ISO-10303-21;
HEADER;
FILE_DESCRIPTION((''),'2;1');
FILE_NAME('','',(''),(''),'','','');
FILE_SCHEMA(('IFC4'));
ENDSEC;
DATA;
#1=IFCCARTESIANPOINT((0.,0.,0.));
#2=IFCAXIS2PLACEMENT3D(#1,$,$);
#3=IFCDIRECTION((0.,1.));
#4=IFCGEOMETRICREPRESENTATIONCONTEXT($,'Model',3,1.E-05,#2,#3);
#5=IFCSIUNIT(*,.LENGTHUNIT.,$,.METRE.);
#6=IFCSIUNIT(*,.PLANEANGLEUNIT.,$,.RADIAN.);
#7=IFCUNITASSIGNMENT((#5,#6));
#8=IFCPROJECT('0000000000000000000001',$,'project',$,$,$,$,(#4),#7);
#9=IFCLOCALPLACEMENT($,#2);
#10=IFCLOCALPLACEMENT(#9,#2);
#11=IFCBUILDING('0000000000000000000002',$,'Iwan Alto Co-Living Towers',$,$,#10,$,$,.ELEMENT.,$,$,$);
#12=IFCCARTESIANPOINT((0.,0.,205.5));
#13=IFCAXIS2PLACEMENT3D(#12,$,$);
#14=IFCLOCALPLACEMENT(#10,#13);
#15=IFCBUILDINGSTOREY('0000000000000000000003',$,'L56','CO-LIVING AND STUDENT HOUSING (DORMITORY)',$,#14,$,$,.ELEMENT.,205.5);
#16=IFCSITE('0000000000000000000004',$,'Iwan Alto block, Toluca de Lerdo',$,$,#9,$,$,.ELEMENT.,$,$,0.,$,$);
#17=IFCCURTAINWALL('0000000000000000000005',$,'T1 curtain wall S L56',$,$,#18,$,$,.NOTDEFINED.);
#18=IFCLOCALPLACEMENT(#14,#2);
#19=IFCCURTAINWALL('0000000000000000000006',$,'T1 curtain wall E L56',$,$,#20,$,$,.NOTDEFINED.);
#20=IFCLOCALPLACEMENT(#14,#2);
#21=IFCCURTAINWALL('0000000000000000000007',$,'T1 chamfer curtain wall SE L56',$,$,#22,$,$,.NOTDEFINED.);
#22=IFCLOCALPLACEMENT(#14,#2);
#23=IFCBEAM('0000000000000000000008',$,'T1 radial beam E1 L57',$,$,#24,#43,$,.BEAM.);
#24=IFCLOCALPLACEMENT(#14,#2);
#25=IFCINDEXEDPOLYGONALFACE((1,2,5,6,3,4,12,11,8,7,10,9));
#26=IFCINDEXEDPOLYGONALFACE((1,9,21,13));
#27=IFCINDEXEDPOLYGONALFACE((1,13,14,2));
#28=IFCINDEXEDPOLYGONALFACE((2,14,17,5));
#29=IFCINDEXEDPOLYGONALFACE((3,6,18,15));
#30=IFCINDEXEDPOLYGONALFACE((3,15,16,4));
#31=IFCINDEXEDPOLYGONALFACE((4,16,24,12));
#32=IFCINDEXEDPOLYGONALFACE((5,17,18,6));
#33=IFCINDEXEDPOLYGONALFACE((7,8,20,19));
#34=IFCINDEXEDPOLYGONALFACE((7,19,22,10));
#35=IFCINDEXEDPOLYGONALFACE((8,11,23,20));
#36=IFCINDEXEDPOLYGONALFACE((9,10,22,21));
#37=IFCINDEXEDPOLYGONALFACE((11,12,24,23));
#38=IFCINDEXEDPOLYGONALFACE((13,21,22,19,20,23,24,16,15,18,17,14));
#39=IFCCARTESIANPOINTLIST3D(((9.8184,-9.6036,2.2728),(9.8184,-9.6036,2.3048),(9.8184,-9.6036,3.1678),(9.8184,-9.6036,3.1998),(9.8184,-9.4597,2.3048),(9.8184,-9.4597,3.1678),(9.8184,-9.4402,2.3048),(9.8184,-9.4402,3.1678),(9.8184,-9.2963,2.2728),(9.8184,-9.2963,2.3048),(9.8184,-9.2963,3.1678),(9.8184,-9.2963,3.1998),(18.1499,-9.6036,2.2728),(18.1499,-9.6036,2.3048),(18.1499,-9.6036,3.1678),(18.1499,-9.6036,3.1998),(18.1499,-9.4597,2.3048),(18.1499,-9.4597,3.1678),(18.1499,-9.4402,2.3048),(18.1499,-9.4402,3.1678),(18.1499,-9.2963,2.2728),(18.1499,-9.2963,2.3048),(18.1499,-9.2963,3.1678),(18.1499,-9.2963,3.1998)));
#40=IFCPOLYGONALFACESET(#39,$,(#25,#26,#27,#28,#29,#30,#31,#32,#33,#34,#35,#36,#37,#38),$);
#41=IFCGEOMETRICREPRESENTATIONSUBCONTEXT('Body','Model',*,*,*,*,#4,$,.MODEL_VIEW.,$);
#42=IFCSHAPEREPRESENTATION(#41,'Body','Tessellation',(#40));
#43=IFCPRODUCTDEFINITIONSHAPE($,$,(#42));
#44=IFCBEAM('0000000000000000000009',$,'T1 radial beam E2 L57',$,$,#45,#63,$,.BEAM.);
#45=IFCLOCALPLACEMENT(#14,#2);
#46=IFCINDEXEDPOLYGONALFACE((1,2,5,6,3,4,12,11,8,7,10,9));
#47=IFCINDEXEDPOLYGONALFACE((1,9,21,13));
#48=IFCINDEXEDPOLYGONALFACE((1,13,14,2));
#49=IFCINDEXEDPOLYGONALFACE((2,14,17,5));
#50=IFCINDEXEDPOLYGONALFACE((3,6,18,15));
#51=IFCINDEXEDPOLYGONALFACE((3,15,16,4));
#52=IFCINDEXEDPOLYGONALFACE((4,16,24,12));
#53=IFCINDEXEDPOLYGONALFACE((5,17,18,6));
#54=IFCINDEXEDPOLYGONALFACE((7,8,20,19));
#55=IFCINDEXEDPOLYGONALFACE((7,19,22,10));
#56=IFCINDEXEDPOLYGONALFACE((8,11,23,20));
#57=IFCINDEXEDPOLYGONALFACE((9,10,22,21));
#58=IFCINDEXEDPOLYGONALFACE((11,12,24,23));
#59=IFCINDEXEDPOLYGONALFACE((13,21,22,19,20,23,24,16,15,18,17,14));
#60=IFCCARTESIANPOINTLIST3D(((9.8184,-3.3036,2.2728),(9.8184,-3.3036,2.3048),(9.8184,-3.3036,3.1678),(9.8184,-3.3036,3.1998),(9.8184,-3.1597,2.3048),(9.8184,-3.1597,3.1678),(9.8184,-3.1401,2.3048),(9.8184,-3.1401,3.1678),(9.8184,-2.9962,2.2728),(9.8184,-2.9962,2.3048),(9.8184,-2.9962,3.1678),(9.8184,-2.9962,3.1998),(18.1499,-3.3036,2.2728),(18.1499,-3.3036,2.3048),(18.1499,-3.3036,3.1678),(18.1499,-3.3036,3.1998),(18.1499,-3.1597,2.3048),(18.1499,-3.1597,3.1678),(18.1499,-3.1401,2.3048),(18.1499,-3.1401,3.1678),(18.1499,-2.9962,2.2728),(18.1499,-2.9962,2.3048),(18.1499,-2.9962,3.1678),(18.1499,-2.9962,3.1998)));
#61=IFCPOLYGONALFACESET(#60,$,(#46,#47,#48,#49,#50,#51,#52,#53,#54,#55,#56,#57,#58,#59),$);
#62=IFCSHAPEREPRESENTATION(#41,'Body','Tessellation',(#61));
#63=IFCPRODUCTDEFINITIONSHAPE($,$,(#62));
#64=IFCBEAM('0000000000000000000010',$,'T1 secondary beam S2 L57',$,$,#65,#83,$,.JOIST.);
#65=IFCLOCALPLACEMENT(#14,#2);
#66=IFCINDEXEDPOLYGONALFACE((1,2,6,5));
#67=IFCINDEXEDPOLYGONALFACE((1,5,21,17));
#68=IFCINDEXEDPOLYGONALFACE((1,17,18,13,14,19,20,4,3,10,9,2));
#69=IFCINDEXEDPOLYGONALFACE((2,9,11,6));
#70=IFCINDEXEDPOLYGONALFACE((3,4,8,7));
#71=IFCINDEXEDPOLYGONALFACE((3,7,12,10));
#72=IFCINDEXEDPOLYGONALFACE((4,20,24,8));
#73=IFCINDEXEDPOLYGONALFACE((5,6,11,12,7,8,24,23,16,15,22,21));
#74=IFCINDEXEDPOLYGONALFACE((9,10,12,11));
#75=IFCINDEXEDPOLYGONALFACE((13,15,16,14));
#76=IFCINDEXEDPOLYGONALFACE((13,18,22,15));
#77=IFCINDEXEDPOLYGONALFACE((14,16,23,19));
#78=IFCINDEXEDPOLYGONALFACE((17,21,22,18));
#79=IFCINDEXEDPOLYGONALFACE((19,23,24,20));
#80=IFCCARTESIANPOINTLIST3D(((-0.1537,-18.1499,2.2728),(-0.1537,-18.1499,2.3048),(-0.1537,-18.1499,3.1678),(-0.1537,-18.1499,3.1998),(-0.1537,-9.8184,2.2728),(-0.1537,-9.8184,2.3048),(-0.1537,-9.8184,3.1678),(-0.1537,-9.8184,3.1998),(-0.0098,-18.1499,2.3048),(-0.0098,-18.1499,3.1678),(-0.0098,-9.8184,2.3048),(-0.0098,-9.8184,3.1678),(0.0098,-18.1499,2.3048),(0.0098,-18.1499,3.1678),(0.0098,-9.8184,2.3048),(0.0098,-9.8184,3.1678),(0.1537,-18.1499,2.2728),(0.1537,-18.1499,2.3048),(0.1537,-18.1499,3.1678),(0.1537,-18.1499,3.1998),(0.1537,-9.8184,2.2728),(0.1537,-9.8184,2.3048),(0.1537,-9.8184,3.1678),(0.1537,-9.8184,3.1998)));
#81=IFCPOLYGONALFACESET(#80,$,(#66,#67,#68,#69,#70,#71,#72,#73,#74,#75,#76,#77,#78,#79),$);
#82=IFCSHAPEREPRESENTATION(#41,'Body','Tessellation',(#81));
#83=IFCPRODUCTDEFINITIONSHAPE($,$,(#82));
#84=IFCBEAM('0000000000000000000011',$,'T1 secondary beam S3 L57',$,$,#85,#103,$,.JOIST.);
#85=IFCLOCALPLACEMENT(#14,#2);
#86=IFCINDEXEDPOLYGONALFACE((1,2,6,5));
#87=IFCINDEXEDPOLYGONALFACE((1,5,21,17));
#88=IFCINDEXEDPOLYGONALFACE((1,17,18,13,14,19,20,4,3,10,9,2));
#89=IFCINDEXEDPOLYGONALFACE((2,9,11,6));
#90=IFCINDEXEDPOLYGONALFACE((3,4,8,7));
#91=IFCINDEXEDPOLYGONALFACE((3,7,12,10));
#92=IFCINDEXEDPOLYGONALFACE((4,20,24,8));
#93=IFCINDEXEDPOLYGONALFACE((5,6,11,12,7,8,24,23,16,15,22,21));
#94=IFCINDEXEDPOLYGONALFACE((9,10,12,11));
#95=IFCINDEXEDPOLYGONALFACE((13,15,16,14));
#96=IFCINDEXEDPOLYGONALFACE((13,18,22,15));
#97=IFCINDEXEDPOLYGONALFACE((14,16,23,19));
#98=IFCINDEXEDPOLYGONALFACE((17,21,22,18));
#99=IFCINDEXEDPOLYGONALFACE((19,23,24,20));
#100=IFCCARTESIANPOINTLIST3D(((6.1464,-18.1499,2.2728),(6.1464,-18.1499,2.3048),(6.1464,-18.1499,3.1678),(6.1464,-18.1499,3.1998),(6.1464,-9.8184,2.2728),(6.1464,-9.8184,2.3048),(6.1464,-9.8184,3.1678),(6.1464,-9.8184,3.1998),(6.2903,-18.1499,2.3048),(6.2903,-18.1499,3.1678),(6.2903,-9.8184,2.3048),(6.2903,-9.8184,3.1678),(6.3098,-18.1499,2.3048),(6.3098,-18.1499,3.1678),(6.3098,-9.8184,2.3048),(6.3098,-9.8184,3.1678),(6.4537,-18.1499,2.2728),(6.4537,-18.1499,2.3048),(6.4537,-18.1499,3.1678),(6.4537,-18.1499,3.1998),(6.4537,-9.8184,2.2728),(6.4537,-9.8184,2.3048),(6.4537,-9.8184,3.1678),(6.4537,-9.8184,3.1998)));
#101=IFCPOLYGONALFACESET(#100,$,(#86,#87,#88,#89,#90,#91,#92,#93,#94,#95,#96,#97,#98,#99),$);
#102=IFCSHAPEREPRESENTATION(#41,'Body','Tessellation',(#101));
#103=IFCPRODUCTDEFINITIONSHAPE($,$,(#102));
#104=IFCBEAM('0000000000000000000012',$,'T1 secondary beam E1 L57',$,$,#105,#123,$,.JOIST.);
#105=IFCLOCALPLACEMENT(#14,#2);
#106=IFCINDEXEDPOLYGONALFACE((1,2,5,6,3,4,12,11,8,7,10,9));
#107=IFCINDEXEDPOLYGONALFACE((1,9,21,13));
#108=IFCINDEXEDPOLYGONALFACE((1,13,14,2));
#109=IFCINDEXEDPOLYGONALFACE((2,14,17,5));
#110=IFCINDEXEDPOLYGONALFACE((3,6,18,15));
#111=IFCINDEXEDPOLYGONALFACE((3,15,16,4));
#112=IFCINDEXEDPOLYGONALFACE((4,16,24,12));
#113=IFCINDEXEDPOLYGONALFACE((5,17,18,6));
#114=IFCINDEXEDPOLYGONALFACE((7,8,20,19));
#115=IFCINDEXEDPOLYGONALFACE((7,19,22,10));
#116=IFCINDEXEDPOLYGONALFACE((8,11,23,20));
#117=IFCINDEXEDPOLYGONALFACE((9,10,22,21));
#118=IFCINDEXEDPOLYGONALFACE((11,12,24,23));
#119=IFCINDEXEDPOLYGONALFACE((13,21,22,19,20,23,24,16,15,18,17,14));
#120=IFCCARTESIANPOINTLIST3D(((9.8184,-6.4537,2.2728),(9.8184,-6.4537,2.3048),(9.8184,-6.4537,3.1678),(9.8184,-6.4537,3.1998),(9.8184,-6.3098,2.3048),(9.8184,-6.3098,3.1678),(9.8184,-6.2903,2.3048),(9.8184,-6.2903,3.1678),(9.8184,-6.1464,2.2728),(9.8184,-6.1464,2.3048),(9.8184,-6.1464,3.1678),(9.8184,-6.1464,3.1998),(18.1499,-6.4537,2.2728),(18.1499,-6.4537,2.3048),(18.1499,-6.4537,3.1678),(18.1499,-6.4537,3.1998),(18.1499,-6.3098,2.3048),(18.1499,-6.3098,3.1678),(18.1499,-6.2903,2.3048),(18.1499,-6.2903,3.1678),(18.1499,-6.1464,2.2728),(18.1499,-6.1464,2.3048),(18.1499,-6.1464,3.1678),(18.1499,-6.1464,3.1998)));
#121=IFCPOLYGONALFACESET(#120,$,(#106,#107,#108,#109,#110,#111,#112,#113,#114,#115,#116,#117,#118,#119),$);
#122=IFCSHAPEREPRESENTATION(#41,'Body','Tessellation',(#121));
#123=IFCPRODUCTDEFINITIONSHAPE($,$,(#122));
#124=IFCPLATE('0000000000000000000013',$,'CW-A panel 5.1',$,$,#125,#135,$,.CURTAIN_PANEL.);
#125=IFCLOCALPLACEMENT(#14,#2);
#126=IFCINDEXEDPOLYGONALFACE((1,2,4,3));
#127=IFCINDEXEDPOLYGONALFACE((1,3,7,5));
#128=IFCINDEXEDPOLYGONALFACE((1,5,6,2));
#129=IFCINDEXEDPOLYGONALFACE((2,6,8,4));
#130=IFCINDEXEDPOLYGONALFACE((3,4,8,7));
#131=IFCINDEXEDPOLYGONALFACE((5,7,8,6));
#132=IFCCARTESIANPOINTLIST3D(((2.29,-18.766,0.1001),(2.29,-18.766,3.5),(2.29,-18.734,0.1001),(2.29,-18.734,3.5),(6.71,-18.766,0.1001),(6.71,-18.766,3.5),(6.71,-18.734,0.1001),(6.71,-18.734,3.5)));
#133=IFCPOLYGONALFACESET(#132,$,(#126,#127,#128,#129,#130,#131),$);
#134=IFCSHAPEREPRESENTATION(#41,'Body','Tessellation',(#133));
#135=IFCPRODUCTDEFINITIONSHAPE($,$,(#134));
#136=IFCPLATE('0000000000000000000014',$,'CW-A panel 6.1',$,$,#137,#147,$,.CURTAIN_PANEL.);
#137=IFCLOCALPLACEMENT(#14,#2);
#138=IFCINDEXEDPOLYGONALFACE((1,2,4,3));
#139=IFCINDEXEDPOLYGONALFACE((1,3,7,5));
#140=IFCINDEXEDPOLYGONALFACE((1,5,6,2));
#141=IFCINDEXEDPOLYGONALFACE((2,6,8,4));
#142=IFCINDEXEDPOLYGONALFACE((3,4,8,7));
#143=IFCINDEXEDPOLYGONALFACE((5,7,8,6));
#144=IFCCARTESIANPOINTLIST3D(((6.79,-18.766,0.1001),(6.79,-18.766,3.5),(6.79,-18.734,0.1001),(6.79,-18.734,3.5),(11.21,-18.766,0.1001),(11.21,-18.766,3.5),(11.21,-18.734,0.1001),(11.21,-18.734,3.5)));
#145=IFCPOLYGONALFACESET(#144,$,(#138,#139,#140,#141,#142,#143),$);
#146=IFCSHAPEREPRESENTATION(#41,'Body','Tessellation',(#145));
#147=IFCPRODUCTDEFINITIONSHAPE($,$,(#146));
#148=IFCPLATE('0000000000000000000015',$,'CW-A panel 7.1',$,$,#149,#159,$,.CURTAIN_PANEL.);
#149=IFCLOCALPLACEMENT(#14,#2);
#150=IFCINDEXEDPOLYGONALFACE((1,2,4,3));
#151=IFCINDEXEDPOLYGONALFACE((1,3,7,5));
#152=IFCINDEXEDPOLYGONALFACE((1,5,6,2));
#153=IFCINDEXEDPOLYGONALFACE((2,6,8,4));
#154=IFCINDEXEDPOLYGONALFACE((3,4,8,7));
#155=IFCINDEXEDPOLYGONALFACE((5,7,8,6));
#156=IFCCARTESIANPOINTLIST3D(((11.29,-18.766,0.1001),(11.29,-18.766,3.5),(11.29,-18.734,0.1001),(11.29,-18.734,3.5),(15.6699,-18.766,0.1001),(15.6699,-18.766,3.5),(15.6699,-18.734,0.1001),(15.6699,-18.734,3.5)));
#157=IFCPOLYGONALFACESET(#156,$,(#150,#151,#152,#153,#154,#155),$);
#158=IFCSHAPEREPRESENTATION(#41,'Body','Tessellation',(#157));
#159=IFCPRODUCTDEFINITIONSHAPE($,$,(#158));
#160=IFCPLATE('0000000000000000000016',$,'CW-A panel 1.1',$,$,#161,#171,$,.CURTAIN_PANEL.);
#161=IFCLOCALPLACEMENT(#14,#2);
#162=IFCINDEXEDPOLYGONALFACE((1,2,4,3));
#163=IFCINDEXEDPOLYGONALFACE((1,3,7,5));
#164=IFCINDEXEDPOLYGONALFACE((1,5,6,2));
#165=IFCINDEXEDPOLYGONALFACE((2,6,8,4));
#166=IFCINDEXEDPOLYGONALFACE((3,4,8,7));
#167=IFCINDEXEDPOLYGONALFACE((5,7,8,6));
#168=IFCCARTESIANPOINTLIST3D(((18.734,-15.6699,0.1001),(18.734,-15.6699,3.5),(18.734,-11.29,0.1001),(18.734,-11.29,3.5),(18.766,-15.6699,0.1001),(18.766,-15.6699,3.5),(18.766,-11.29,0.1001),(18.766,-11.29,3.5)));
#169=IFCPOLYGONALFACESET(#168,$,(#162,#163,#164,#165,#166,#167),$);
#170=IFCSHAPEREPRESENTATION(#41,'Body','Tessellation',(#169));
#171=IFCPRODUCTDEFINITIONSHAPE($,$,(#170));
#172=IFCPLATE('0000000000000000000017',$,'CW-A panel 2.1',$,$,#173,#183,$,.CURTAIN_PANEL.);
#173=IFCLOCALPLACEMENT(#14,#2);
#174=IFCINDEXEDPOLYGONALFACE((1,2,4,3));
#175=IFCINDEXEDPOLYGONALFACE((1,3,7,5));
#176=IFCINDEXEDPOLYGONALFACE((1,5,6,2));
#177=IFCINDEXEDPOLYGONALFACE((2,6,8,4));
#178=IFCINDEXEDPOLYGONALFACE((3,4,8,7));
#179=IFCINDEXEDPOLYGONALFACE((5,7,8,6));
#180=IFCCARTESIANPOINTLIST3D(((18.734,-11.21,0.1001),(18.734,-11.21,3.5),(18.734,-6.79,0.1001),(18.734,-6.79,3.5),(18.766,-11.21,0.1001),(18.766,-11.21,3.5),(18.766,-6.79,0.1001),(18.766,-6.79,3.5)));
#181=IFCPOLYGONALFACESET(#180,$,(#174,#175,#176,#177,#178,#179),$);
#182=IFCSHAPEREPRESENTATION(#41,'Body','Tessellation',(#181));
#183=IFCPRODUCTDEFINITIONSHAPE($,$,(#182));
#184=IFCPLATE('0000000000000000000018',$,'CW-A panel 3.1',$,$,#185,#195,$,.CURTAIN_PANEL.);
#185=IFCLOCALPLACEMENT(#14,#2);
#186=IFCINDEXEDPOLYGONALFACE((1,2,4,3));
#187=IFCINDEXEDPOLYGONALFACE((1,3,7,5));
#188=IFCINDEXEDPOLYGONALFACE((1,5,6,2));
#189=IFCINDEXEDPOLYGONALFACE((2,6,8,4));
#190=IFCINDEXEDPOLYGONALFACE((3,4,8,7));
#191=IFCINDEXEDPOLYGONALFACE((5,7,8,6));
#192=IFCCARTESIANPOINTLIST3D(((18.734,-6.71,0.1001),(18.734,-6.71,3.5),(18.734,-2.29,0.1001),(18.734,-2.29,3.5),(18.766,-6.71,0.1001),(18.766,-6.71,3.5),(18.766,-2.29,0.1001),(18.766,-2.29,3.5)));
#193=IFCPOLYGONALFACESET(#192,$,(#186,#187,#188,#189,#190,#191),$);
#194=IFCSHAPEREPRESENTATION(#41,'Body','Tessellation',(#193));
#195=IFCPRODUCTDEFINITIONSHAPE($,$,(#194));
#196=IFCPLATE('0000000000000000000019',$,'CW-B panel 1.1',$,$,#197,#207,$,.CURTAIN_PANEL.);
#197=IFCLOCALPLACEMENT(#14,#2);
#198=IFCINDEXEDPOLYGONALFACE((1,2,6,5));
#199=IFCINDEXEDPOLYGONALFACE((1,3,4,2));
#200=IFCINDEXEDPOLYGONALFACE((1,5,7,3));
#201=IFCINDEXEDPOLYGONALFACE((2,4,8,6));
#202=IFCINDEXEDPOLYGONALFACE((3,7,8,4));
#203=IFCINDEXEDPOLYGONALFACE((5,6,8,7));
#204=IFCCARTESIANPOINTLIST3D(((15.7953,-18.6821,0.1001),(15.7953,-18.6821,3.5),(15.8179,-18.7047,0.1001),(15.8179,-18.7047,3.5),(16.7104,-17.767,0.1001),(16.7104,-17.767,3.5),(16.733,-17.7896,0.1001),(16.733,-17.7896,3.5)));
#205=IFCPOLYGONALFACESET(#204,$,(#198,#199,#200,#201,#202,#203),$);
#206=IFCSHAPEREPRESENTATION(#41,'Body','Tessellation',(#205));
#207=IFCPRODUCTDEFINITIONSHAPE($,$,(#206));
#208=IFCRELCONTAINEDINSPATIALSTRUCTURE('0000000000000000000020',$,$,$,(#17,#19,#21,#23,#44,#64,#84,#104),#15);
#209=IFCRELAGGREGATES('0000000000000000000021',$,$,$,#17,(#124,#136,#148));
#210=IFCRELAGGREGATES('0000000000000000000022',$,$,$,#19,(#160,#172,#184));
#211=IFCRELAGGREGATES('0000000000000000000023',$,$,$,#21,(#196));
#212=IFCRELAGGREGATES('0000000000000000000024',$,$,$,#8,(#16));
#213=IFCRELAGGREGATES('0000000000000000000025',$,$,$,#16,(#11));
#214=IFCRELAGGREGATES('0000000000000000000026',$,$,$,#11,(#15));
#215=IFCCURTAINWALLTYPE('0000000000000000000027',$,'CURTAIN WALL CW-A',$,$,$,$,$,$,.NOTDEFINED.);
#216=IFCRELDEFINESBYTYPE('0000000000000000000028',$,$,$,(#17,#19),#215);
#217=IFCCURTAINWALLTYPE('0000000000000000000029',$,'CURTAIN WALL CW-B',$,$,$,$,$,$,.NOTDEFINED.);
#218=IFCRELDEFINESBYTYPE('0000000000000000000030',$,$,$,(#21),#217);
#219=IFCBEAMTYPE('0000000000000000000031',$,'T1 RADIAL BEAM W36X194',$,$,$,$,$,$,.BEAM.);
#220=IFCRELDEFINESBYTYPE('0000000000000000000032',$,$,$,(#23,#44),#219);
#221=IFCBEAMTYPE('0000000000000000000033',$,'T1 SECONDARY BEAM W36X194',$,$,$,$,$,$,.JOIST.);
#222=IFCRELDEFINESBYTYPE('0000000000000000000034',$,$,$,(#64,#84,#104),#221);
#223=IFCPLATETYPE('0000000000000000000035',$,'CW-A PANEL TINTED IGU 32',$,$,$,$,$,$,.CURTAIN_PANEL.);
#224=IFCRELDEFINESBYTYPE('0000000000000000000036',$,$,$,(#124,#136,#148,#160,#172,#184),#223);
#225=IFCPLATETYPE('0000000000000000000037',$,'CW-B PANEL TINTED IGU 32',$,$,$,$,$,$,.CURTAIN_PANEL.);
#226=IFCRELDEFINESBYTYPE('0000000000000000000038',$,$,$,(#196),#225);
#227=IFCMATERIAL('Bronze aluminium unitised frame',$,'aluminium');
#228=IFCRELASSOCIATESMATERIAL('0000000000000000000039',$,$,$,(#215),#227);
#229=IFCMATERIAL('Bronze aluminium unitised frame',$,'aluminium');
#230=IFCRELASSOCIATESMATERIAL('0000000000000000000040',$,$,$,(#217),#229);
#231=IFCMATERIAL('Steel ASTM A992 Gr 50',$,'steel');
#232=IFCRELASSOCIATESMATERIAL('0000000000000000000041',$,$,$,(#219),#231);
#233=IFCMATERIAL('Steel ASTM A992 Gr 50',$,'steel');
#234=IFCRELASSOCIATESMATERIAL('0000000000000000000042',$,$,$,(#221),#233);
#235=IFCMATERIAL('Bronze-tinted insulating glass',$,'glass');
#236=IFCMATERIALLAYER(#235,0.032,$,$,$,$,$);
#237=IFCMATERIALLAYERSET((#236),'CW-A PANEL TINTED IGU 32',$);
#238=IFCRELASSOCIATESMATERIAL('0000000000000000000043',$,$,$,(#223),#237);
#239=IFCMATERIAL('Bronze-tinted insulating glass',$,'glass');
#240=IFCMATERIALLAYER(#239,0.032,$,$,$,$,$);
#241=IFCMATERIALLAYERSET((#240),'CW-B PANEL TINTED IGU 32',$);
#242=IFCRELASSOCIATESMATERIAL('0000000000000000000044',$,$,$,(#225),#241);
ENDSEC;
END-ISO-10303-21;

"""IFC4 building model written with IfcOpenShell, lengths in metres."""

from ifc_helpers import new_model, si_unit, direction, frame, origin, origin_2d, place, context, subcontext, project, spatial, rectangle, i_section, extrude, material, layer, layer_set, material_profile, profile_set, type_object, element, aggregate, save


model = new_model("IFC4")

# Units and contexts
model_context = context("Model", 3, precision=1e-05, world=origin(), true_north=direction((0.0, 1.0)))
body_context = subcontext(model_context, "Body", "Model", "MODEL_VIEW")
ifc_project = project(units=[si_unit("LENGTHUNIT", "METRE"), si_unit("PLANEANGLEUNIT", "RADIAN")], contexts=[model_context])

# Site, building, storey
site_placement = place(None, origin())
site = spatial("IfcSite", under=ifc_project, at=site_placement, Name="Iwan Alto block, Toluca de Lerdo", CompositionType="ELEMENT", RefElevation=0.0)
building_placement = place(site_placement, origin())
building = spatial("IfcBuilding", under=site, at=building_placement, Name="Iwan Alto Co-Living Towers", CompositionType="ELEMENT")
storey_placement = place(building_placement, frame((0.0, 0.0, 205.5)))
storey = spatial("IfcBuildingStorey", under=building, at=storey_placement, Name="L56", Description="CO-LIVING AND STUDENT HOUSING (DORMITORY)", CompositionType="ELEMENT", Elevation=205.5)

# Curtain walls
ifc_material_1 = material(Name="Bronze aluminium unitised frame", Category="aluminium")
curtain_wall_type_1 = type_object("IfcCurtainWallType", Name="CURTAIN WALL CW-A", PredefinedType="NOTDEFINED", material=ifc_material_1)
curtain_wall_1_placement = place(storey_placement, origin())
curtain_wall_1 = element("IfcCurtainWall", 1, at=curtain_wall_1_placement, inside=storey, type_object=curtain_wall_type_1, Name="T1 curtain wall S L56", PredefinedType="NOTDEFINED")
curtain_wall_2_placement = place(storey_placement, origin())
curtain_wall_2 = element("IfcCurtainWall", 2, at=curtain_wall_2_placement, inside=storey, type_object=curtain_wall_type_1, Name="T1 curtain wall E L56", PredefinedType="NOTDEFINED")
ifc_material_2 = material(Name="Bronze aluminium unitised frame", Category="aluminium")
curtain_wall_type_2 = type_object("IfcCurtainWallType", Name="CURTAIN WALL CW-B", PredefinedType="NOTDEFINED", material=ifc_material_2)
curtain_wall_3_placement = place(storey_placement, origin())
curtain_wall_3 = element("IfcCurtainWall", 3, at=curtain_wall_3_placement, inside=storey, type_object=curtain_wall_type_2, Name="T1 chamfer curtain wall SE L56", PredefinedType="NOTDEFINED")

# Beams
ifc_material_3 = material(Name="Steel ASTM A992 Gr 50", Category="steel")
ifc_material_profile_1 = material_profile(ifc_material_3, i_section(OverallWidth=0.3074, OverallDepth=0.927, WebThickness=0.0195, FlangeThickness=0.032, at=origin_2d()), Name="W36X194")
ifc_profile_set_1 = profile_set([ifc_material_profile_1], Name="Steel ASTM A992 Gr 50")
beam_type_1 = type_object("IfcBeamType", Name="T1 RADIAL BEAM W36X194", PredefinedType="BEAM", material=ifc_profile_set_1)
for number, where, z_axis, x_axis, name in (
    (4, (18.1499, -9.45, 2.7363), (-1.0, 0.0, 0.0), (0.0, -1.0, 0.0), "T1 radial beam E1 L57"),
    (5, (18.1499, -3.1499, 2.7363), (-1.0, 0.0, 0.0), (0.0, -1.0, 0.0), "T1 radial beam E2 L57"),
):
    element("IfcBeam", number, at=place(storey_placement, frame(where, z_axis=z_axis, x_axis=x_axis)), inside=storey, type_object=beam_type_1, Name=name, PredefinedType="BEAM", context=body_context, shape_type="SweptSolid", body=[
        extrude(i_section(OverallWidth=0.3074, OverallDepth=0.927, WebThickness=0.0195, FlangeThickness=0.032, at=origin_2d()), origin(), (0.0, 0.0, 1.0), 8.3315),
    ])
ifc_material_4 = material(Name="Steel ASTM A992 Gr 50", Category="steel")
ifc_material_profile_2 = material_profile(ifc_material_4, i_section(OverallWidth=0.3074, OverallDepth=0.927, WebThickness=0.0195, FlangeThickness=0.032, at=origin_2d()), Name="W36X194")
ifc_profile_set_2 = profile_set([ifc_material_profile_2], Name="Steel ASTM A992 Gr 50")
beam_type_2 = type_object("IfcBeamType", Name="T1 SECONDARY BEAM W36X194", PredefinedType="JOIST", material=ifc_profile_set_2)
for number, where, z_axis, x_axis, name in (
    (6, (0.0, -18.1499, 2.7363), (0.0, 1.0, 0.0), (-1.0, 0.0, 0.0), "T1 secondary beam S2 L57"),
    (7, (6.3, -18.1499, 2.7363), (0.0, 1.0, 0.0), (-1.0, 0.0, 0.0), "T1 secondary beam S3 L57"),
    (8, (18.1499, -6.3, 2.7363), (-1.0, 0.0, 0.0), (0.0, -1.0, 0.0), "T1 secondary beam E1 L57"),
):
    element("IfcBeam", number, at=place(storey_placement, frame(where, z_axis=z_axis, x_axis=x_axis)), inside=storey, type_object=beam_type_2, Name=name, PredefinedType="JOIST", context=body_context, shape_type="SweptSolid", body=[
        extrude(i_section(OverallWidth=0.3074, OverallDepth=0.927, WebThickness=0.0195, FlangeThickness=0.032, at=origin_2d()), origin(), (0.0, 0.0, 1.0), 8.3315),
    ])

# Plates
ifc_material_5 = material(Name="Bronze-tinted insulating glass", Category="glass")
ifc_layer_1 = layer(ifc_material_5, 0.032)
ifc_layer_set_1 = layer_set([ifc_layer_1], Name="CW-A PANEL TINTED IGU 32")
plate_type_1 = type_object("IfcPlateType", Name="CW-A PANEL TINTED IGU 32", PredefinedType="CURTAIN_PANEL", material=ifc_layer_set_1)
plate_1_placement = place(storey_placement, frame((4.5, -18.75, 0.1001), z_axis=(0.0, 0.0, 1.0), x_axis=(1.0, 0.0, 0.0)))
plate_1 = element("IfcPlate", 9, at=plate_1_placement, type_object=plate_type_1, Name="CW-A panel 5.1", PredefinedType="CURTAIN_PANEL", context=body_context, shape_type="SweptSolid", body=[
    extrude(rectangle(XDim=4.4199, YDim=0.032, at=origin_2d()), origin(), (0.0, 0.0, 1.0), 3.3999),
])
plate_2_placement = place(storey_placement, frame((9.0, -18.75, 0.1001), z_axis=(0.0, 0.0, 1.0), x_axis=(1.0, 0.0, 0.0)))
plate_2 = element("IfcPlate", 10, at=plate_2_placement, type_object=plate_type_1, Name="CW-A panel 6.1", PredefinedType="CURTAIN_PANEL", context=body_context, shape_type="SweptSolid", body=[
    extrude(rectangle(XDim=4.4199, YDim=0.032, at=origin_2d()), origin(), (0.0, 0.0, 1.0), 3.3999),
])
plate_3_placement = place(storey_placement, frame((13.48, -18.75, 0.1001), z_axis=(0.0, 0.0, 1.0), x_axis=(1.0, 0.0, 0.0)))
plate_3 = element("IfcPlate", 11, at=plate_3_placement, type_object=plate_type_1, Name="CW-A panel 7.1", PredefinedType="CURTAIN_PANEL", context=body_context, shape_type="SweptSolid", body=[
    extrude(rectangle(XDim=4.3799, YDim=0.032, at=origin_2d()), origin(), (0.0, 0.0, 1.0), 3.3999),
])
aggregate(curtain_wall_1, [plate_1, plate_2, plate_3])
plate_4_placement = place(storey_placement, frame((18.75, -13.48, 0.1001), z_axis=(0.0, 0.0, 1.0), x_axis=(0.0, 1.0, 0.0)))
plate_4 = element("IfcPlate", 12, at=plate_4_placement, type_object=plate_type_1, Name="CW-A panel 1.1", PredefinedType="CURTAIN_PANEL", context=body_context, shape_type="SweptSolid", body=[
    extrude(rectangle(XDim=4.3799, YDim=0.032, at=origin_2d()), origin(), (0.0, 0.0, 1.0), 3.3999),
])
plate_5_placement = place(storey_placement, frame((18.75, -9.0, 0.1001), z_axis=(0.0, 0.0, 1.0), x_axis=(0.0, 1.0, 0.0)))
plate_5 = element("IfcPlate", 13, at=plate_5_placement, type_object=plate_type_1, Name="CW-A panel 2.1", PredefinedType="CURTAIN_PANEL", context=body_context, shape_type="SweptSolid", body=[
    extrude(rectangle(XDim=4.4199, YDim=0.032, at=origin_2d()), origin(), (0.0, 0.0, 1.0), 3.3999),
])
plate_6_placement = place(storey_placement, frame((18.75, -4.5, 0.1001), z_axis=(0.0, 0.0, 1.0), x_axis=(0.0, 1.0, 0.0)))
plate_6 = element("IfcPlate", 14, at=plate_6_placement, type_object=plate_type_1, Name="CW-A panel 3.1", PredefinedType="CURTAIN_PANEL", context=body_context, shape_type="SweptSolid", body=[
    extrude(rectangle(XDim=4.4199, YDim=0.032, at=origin_2d()), origin(), (0.0, 0.0, 1.0), 3.3999),
])
aggregate(curtain_wall_2, [plate_4, plate_5, plate_6])
ifc_material_6 = material(Name="Bronze-tinted insulating glass", Category="glass")
ifc_layer_2 = layer(ifc_material_6, 0.032)
ifc_layer_set_2 = layer_set([ifc_layer_2], Name="CW-B PANEL TINTED IGU 32")
plate_type_2 = type_object("IfcPlateType", Name="CW-B PANEL TINTED IGU 32", PredefinedType="CURTAIN_PANEL", material=ifc_layer_set_2)
plate_7_placement = place(storey_placement, frame((16.2642, -18.2358, 0.1001), z_axis=(0.0, 0.0, 1.0), x_axis=(0.707107, 0.707107, 0.0)))
plate_7 = element("IfcPlate", 15, at=plate_7_placement, type_object=plate_type_2, Name="CW-B panel 1.1", PredefinedType="CURTAIN_PANEL", context=body_context, shape_type="SweptSolid", body=[
    extrude(rectangle(XDim=1.2942, YDim=0.032, at=origin_2d()), origin(), (0.0, 0.0, 1.0), 3.3999),
])
aggregate(curtain_wall_3, [plate_7])

save(model, "model.ifc")
